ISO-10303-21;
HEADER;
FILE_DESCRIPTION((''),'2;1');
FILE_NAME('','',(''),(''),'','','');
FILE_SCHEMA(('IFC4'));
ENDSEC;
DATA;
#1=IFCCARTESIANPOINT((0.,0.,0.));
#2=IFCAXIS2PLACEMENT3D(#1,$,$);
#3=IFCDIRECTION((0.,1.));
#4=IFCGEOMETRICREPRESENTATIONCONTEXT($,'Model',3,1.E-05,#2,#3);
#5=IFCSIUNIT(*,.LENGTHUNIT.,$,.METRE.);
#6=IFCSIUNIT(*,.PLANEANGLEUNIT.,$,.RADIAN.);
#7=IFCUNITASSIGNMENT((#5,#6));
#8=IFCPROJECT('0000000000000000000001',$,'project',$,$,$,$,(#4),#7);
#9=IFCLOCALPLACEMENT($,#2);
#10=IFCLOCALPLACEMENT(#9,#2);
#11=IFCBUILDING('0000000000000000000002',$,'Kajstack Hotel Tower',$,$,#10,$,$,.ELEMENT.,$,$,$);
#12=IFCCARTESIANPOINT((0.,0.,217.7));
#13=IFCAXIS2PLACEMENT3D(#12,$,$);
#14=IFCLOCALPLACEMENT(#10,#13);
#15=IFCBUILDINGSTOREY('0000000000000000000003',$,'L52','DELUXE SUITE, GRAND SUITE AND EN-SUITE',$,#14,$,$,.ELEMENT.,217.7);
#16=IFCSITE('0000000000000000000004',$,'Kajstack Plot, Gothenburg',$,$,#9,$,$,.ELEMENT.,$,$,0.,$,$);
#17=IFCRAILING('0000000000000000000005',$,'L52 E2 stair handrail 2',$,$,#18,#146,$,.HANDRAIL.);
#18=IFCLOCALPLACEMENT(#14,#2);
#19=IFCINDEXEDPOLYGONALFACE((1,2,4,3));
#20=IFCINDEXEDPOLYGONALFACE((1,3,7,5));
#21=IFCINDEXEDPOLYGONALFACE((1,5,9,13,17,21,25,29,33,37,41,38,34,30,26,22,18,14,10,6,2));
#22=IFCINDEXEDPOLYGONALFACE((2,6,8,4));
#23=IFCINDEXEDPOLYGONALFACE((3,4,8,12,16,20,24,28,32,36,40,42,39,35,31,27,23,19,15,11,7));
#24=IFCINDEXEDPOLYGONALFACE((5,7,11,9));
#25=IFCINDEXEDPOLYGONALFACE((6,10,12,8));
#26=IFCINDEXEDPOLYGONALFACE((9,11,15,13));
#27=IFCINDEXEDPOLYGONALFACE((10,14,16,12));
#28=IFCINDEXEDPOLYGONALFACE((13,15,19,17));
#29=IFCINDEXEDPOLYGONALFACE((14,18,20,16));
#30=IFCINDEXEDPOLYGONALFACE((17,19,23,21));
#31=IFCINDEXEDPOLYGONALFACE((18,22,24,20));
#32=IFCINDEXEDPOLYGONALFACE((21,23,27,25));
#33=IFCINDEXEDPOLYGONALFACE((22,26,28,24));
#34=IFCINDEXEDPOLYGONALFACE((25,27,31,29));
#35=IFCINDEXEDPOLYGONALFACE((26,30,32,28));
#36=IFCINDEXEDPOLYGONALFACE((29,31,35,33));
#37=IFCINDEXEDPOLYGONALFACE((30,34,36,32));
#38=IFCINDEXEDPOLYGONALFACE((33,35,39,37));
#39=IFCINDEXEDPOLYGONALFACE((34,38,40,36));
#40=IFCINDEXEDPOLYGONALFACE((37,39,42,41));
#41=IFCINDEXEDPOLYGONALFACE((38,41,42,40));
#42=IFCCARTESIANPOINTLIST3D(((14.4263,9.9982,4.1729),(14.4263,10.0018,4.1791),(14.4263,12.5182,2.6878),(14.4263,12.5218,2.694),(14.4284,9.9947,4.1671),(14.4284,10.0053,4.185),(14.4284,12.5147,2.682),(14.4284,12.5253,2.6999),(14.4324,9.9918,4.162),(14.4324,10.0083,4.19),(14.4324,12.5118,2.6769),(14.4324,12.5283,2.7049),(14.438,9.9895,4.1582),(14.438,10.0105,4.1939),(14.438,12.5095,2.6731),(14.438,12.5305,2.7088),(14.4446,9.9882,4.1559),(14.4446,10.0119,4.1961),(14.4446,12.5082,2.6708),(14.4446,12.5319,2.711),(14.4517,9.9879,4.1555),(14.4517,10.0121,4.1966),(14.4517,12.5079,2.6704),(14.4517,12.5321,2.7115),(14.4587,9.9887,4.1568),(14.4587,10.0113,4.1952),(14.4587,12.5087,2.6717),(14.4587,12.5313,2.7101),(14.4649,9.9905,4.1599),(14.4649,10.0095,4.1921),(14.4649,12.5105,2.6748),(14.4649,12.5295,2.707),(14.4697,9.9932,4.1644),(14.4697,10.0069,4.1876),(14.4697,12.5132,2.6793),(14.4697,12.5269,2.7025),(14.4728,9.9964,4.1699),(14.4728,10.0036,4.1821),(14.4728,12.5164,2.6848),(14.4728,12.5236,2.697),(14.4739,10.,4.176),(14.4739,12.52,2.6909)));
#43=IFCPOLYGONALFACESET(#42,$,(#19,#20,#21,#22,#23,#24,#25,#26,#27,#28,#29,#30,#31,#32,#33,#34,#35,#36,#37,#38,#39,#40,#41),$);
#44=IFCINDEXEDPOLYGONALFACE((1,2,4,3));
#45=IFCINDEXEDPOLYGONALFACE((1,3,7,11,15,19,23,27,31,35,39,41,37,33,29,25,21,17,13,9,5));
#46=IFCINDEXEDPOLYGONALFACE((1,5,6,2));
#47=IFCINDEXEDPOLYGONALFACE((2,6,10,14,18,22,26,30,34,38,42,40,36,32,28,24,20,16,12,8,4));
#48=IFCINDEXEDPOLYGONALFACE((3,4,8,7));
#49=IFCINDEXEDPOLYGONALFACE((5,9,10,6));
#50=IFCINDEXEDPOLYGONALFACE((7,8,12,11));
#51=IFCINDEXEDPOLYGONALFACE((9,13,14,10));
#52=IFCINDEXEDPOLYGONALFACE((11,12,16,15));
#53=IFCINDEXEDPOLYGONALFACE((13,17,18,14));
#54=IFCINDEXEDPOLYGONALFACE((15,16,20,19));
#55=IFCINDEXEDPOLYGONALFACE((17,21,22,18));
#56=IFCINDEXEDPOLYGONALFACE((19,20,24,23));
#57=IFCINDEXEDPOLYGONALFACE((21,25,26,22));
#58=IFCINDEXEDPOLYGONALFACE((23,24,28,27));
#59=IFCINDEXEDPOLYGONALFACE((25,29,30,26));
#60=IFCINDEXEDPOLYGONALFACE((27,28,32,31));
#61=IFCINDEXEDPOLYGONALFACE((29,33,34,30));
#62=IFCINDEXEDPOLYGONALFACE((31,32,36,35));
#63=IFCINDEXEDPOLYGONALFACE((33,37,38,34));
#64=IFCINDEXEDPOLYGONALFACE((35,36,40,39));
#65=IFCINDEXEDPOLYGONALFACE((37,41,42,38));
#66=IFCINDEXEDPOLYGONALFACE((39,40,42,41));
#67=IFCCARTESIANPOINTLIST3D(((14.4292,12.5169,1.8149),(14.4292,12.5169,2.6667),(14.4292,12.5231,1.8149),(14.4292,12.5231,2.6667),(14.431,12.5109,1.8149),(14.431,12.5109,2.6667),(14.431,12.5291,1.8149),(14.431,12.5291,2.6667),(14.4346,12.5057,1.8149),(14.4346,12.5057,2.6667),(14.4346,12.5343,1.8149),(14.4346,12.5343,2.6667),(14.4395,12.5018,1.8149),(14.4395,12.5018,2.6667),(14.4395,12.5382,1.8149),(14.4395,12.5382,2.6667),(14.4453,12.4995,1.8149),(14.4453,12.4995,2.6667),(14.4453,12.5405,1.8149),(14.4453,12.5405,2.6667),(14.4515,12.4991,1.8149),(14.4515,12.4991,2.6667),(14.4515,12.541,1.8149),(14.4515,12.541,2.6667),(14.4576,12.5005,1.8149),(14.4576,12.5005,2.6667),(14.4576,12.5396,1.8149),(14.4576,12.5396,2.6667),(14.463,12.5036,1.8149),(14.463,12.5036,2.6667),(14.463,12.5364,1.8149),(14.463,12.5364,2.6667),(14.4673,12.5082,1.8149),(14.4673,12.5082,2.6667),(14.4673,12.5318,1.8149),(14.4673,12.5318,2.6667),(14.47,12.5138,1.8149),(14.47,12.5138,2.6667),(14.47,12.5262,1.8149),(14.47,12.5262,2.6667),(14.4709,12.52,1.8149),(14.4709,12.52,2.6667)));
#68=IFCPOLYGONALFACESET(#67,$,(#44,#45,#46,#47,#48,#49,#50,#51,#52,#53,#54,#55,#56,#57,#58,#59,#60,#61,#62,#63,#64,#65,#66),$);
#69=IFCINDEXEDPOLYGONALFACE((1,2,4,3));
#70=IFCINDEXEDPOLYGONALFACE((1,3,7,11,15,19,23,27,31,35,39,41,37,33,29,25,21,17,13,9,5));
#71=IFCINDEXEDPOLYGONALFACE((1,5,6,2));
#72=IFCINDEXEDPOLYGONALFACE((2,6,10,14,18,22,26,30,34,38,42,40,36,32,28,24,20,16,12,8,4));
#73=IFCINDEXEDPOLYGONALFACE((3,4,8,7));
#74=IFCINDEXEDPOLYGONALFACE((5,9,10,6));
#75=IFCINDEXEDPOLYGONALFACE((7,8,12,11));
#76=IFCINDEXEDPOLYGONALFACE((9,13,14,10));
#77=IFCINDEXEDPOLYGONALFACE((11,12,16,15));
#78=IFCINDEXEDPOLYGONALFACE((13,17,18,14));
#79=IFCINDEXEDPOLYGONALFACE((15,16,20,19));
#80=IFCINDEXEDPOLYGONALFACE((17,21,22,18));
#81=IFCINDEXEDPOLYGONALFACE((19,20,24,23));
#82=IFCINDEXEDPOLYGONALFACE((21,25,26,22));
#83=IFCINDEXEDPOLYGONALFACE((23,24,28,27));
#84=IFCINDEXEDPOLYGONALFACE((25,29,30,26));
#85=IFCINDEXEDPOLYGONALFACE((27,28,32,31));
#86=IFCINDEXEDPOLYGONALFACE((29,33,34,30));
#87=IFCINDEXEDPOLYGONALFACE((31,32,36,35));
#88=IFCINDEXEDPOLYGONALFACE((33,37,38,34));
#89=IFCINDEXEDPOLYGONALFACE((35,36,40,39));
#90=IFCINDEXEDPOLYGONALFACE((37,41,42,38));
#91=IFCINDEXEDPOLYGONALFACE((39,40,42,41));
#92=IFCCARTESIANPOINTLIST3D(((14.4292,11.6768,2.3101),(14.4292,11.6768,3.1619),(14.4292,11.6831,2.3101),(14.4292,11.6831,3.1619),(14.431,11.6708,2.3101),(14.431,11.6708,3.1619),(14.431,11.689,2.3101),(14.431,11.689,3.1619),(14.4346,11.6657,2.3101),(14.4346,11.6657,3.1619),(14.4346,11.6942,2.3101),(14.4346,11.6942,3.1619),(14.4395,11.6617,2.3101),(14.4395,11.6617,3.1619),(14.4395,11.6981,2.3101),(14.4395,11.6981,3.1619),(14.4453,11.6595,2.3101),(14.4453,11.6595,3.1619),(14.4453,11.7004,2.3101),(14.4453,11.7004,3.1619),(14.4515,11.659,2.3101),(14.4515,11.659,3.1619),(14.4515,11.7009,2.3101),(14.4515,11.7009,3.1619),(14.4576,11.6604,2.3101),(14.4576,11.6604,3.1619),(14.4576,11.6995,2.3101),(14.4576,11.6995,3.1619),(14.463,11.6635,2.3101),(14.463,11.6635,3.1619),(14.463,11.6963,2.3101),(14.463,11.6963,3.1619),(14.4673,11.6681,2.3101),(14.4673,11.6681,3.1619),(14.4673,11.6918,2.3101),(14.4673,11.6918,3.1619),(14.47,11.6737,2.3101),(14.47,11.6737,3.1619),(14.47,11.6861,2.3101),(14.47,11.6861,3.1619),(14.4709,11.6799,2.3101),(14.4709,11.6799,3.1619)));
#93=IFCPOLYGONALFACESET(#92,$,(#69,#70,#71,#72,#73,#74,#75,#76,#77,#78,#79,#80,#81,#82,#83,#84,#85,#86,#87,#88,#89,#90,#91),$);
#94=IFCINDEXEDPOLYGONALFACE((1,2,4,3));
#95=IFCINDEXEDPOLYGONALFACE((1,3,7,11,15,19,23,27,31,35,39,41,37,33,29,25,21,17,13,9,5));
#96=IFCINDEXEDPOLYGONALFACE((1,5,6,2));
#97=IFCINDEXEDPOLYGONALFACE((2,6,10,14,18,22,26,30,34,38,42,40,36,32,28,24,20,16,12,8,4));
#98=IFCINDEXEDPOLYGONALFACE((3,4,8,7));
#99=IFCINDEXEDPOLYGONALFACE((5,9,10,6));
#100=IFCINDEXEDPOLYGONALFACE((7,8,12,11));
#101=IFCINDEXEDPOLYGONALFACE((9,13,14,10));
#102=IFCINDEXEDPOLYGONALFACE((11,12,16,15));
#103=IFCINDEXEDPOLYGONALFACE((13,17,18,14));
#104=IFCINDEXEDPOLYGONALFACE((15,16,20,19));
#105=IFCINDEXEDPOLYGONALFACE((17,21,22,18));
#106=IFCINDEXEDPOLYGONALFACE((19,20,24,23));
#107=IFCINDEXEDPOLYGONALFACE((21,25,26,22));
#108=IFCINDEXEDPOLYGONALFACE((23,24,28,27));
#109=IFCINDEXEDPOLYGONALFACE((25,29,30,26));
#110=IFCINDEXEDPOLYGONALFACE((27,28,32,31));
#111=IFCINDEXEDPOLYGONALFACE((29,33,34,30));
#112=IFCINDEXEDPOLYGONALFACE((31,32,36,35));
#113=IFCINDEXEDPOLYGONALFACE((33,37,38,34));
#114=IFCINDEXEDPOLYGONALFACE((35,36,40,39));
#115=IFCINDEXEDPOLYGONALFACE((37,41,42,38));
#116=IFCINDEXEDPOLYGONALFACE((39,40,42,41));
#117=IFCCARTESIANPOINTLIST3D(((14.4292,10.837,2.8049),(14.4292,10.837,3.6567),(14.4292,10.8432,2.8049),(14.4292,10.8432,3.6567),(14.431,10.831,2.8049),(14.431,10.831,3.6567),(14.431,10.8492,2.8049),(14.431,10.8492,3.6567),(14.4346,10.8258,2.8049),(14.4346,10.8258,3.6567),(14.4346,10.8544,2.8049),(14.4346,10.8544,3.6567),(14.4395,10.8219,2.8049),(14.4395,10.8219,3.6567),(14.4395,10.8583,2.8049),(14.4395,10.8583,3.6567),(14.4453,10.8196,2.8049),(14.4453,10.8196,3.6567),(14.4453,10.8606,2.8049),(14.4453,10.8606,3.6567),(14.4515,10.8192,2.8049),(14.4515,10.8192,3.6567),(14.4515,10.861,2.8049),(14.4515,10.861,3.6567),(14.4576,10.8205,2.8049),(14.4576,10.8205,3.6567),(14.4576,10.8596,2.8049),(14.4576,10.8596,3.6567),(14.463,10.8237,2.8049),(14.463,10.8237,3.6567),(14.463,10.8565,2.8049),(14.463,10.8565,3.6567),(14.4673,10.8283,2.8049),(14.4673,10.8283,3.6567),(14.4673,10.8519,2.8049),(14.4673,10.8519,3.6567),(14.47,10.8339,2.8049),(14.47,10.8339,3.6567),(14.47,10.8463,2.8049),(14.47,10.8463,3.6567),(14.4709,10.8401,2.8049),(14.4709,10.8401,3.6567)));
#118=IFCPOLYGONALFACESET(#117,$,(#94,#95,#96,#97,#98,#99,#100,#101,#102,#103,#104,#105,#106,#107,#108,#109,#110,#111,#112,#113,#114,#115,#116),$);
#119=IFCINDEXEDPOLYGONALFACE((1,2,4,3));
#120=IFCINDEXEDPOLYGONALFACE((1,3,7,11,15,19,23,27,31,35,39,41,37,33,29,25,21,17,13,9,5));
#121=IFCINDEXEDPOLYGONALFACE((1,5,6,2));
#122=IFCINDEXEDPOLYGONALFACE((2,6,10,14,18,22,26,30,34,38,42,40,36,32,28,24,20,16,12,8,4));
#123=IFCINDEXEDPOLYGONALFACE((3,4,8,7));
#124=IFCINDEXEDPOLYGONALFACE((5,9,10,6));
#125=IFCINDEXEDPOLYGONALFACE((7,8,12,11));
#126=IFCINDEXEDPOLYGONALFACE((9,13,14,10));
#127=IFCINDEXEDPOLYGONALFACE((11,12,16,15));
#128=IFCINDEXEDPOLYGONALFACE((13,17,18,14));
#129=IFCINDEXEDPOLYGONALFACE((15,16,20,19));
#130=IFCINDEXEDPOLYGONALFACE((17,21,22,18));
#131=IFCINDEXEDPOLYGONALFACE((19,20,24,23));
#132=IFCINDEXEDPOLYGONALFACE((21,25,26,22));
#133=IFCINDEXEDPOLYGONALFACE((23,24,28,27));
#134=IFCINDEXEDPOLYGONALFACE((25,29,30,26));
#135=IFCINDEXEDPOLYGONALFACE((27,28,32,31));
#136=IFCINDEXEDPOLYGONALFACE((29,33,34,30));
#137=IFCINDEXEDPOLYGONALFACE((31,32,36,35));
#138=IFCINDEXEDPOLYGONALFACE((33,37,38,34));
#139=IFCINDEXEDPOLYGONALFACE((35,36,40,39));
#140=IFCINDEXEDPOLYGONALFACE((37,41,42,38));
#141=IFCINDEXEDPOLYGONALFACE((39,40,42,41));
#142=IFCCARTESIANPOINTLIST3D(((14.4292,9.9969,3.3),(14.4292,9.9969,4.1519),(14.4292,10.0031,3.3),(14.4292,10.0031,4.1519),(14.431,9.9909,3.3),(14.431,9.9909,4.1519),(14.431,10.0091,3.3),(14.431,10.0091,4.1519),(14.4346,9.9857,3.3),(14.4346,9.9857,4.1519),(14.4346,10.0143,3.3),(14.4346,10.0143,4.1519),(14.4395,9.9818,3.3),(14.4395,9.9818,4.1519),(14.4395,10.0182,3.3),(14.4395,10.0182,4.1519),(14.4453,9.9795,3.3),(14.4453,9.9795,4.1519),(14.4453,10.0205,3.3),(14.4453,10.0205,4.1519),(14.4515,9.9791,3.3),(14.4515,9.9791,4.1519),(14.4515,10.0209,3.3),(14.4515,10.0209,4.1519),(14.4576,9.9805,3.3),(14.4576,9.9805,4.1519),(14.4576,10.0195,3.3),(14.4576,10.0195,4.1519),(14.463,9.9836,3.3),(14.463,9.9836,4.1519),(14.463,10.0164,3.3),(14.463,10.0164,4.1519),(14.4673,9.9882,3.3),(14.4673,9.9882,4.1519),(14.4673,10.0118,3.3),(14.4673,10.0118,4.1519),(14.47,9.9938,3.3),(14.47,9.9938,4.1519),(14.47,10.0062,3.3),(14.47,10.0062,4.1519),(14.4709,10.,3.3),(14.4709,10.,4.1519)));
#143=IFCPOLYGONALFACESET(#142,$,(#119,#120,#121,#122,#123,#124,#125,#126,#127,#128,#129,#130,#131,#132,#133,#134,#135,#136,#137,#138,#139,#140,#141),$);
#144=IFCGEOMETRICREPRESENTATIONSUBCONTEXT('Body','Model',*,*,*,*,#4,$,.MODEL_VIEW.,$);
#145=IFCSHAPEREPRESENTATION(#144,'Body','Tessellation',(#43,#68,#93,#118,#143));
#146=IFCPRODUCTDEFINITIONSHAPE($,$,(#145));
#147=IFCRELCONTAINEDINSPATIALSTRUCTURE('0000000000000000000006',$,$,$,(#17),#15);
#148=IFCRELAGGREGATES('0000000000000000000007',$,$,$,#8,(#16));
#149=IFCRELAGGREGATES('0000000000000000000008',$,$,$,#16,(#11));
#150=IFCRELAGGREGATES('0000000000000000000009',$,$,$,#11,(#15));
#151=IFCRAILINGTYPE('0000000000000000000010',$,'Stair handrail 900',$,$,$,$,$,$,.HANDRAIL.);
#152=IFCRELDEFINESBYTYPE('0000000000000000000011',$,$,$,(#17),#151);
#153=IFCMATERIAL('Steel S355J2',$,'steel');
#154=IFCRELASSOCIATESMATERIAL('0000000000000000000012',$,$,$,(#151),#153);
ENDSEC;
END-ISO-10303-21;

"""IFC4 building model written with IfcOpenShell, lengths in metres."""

from ifc_helpers import new_model, si_unit, direction, frame, origin, origin_2d, place, context, subcontext, project, spatial, circle, extrude, material, type_object, element, save


model = new_model("IFC4")

# Units and contexts
model_context = context("Model", 3, precision=1e-05, world=origin(), true_north=direction((0.0, 1.0)))
body_context = subcontext(model_context, "Body", "Model", "MODEL_VIEW")
ifc_project = project(units=[si_unit("LENGTHUNIT", "METRE"), si_unit("PLANEANGLEUNIT", "RADIAN")], contexts=[model_context])

# Site, building, storey
site_placement = place(None, origin())
site = spatial("IfcSite", under=ifc_project, at=site_placement, Name="Kajstack Plot, Gothenburg", CompositionType="ELEMENT", RefElevation=0.0)
building_placement = place(site_placement, origin())
building = spatial("IfcBuilding", under=site, at=building_placement, Name="Kajstack Hotel Tower", CompositionType="ELEMENT")
storey_placement = place(building_placement, frame((0.0, 0.0, 217.7)))
storey = spatial("IfcBuildingStorey", under=building, at=storey_placement, Name="L52", Description="DELUXE SUITE, GRAND SUITE AND EN-SUITE", CompositionType="ELEMENT", Elevation=217.7)

# Railing
ifc_material_1 = material(Name="Steel S355J2", Category="steel")
railing_type = type_object("IfcRailingType", Name="Stair handrail 900", PredefinedType="HANDRAIL", material=ifc_material_1)
railing_placement = place(storey_placement, frame((14.45, 12.52, 1.8149)))
element("IfcRailing", 1, at=railing_placement, inside=storey, type_object=railing_type, Name="L52 E2 stair handrail 2", PredefinedType="HANDRAIL", context=body_context, shape_type="SweptSolid", body=[
    extrude(circle(Radius=0.0239, at=origin_2d()), frame((0.0, 0.0, 0.876), z_axis=(0.0, -0.861524, 0.507717), x_axis=(1.0, 0.0, 0.0)), (0.0, 0.0, 1.0), 2.925),
    extrude(circle(Radius=0.021, at=origin_2d()), origin(), (0.0, 0.0, 1.0), 0.8518),
    extrude(circle(Radius=0.021, at=origin_2d()), frame((0.0, -0.8401, 0.4951)), (0.0, 0.0, 1.0), 0.8518),
    extrude(circle(Radius=0.021, at=origin_2d()), frame((0.0, -1.6799, 0.99)), (0.0, 0.0, 1.0), 0.8518),
    extrude(circle(Radius=0.021, at=origin_2d()), frame((0.0, -2.52, 1.4851)), (0.0, 0.0, 1.0), 0.8518),
])

save(model, "model.ifc")
